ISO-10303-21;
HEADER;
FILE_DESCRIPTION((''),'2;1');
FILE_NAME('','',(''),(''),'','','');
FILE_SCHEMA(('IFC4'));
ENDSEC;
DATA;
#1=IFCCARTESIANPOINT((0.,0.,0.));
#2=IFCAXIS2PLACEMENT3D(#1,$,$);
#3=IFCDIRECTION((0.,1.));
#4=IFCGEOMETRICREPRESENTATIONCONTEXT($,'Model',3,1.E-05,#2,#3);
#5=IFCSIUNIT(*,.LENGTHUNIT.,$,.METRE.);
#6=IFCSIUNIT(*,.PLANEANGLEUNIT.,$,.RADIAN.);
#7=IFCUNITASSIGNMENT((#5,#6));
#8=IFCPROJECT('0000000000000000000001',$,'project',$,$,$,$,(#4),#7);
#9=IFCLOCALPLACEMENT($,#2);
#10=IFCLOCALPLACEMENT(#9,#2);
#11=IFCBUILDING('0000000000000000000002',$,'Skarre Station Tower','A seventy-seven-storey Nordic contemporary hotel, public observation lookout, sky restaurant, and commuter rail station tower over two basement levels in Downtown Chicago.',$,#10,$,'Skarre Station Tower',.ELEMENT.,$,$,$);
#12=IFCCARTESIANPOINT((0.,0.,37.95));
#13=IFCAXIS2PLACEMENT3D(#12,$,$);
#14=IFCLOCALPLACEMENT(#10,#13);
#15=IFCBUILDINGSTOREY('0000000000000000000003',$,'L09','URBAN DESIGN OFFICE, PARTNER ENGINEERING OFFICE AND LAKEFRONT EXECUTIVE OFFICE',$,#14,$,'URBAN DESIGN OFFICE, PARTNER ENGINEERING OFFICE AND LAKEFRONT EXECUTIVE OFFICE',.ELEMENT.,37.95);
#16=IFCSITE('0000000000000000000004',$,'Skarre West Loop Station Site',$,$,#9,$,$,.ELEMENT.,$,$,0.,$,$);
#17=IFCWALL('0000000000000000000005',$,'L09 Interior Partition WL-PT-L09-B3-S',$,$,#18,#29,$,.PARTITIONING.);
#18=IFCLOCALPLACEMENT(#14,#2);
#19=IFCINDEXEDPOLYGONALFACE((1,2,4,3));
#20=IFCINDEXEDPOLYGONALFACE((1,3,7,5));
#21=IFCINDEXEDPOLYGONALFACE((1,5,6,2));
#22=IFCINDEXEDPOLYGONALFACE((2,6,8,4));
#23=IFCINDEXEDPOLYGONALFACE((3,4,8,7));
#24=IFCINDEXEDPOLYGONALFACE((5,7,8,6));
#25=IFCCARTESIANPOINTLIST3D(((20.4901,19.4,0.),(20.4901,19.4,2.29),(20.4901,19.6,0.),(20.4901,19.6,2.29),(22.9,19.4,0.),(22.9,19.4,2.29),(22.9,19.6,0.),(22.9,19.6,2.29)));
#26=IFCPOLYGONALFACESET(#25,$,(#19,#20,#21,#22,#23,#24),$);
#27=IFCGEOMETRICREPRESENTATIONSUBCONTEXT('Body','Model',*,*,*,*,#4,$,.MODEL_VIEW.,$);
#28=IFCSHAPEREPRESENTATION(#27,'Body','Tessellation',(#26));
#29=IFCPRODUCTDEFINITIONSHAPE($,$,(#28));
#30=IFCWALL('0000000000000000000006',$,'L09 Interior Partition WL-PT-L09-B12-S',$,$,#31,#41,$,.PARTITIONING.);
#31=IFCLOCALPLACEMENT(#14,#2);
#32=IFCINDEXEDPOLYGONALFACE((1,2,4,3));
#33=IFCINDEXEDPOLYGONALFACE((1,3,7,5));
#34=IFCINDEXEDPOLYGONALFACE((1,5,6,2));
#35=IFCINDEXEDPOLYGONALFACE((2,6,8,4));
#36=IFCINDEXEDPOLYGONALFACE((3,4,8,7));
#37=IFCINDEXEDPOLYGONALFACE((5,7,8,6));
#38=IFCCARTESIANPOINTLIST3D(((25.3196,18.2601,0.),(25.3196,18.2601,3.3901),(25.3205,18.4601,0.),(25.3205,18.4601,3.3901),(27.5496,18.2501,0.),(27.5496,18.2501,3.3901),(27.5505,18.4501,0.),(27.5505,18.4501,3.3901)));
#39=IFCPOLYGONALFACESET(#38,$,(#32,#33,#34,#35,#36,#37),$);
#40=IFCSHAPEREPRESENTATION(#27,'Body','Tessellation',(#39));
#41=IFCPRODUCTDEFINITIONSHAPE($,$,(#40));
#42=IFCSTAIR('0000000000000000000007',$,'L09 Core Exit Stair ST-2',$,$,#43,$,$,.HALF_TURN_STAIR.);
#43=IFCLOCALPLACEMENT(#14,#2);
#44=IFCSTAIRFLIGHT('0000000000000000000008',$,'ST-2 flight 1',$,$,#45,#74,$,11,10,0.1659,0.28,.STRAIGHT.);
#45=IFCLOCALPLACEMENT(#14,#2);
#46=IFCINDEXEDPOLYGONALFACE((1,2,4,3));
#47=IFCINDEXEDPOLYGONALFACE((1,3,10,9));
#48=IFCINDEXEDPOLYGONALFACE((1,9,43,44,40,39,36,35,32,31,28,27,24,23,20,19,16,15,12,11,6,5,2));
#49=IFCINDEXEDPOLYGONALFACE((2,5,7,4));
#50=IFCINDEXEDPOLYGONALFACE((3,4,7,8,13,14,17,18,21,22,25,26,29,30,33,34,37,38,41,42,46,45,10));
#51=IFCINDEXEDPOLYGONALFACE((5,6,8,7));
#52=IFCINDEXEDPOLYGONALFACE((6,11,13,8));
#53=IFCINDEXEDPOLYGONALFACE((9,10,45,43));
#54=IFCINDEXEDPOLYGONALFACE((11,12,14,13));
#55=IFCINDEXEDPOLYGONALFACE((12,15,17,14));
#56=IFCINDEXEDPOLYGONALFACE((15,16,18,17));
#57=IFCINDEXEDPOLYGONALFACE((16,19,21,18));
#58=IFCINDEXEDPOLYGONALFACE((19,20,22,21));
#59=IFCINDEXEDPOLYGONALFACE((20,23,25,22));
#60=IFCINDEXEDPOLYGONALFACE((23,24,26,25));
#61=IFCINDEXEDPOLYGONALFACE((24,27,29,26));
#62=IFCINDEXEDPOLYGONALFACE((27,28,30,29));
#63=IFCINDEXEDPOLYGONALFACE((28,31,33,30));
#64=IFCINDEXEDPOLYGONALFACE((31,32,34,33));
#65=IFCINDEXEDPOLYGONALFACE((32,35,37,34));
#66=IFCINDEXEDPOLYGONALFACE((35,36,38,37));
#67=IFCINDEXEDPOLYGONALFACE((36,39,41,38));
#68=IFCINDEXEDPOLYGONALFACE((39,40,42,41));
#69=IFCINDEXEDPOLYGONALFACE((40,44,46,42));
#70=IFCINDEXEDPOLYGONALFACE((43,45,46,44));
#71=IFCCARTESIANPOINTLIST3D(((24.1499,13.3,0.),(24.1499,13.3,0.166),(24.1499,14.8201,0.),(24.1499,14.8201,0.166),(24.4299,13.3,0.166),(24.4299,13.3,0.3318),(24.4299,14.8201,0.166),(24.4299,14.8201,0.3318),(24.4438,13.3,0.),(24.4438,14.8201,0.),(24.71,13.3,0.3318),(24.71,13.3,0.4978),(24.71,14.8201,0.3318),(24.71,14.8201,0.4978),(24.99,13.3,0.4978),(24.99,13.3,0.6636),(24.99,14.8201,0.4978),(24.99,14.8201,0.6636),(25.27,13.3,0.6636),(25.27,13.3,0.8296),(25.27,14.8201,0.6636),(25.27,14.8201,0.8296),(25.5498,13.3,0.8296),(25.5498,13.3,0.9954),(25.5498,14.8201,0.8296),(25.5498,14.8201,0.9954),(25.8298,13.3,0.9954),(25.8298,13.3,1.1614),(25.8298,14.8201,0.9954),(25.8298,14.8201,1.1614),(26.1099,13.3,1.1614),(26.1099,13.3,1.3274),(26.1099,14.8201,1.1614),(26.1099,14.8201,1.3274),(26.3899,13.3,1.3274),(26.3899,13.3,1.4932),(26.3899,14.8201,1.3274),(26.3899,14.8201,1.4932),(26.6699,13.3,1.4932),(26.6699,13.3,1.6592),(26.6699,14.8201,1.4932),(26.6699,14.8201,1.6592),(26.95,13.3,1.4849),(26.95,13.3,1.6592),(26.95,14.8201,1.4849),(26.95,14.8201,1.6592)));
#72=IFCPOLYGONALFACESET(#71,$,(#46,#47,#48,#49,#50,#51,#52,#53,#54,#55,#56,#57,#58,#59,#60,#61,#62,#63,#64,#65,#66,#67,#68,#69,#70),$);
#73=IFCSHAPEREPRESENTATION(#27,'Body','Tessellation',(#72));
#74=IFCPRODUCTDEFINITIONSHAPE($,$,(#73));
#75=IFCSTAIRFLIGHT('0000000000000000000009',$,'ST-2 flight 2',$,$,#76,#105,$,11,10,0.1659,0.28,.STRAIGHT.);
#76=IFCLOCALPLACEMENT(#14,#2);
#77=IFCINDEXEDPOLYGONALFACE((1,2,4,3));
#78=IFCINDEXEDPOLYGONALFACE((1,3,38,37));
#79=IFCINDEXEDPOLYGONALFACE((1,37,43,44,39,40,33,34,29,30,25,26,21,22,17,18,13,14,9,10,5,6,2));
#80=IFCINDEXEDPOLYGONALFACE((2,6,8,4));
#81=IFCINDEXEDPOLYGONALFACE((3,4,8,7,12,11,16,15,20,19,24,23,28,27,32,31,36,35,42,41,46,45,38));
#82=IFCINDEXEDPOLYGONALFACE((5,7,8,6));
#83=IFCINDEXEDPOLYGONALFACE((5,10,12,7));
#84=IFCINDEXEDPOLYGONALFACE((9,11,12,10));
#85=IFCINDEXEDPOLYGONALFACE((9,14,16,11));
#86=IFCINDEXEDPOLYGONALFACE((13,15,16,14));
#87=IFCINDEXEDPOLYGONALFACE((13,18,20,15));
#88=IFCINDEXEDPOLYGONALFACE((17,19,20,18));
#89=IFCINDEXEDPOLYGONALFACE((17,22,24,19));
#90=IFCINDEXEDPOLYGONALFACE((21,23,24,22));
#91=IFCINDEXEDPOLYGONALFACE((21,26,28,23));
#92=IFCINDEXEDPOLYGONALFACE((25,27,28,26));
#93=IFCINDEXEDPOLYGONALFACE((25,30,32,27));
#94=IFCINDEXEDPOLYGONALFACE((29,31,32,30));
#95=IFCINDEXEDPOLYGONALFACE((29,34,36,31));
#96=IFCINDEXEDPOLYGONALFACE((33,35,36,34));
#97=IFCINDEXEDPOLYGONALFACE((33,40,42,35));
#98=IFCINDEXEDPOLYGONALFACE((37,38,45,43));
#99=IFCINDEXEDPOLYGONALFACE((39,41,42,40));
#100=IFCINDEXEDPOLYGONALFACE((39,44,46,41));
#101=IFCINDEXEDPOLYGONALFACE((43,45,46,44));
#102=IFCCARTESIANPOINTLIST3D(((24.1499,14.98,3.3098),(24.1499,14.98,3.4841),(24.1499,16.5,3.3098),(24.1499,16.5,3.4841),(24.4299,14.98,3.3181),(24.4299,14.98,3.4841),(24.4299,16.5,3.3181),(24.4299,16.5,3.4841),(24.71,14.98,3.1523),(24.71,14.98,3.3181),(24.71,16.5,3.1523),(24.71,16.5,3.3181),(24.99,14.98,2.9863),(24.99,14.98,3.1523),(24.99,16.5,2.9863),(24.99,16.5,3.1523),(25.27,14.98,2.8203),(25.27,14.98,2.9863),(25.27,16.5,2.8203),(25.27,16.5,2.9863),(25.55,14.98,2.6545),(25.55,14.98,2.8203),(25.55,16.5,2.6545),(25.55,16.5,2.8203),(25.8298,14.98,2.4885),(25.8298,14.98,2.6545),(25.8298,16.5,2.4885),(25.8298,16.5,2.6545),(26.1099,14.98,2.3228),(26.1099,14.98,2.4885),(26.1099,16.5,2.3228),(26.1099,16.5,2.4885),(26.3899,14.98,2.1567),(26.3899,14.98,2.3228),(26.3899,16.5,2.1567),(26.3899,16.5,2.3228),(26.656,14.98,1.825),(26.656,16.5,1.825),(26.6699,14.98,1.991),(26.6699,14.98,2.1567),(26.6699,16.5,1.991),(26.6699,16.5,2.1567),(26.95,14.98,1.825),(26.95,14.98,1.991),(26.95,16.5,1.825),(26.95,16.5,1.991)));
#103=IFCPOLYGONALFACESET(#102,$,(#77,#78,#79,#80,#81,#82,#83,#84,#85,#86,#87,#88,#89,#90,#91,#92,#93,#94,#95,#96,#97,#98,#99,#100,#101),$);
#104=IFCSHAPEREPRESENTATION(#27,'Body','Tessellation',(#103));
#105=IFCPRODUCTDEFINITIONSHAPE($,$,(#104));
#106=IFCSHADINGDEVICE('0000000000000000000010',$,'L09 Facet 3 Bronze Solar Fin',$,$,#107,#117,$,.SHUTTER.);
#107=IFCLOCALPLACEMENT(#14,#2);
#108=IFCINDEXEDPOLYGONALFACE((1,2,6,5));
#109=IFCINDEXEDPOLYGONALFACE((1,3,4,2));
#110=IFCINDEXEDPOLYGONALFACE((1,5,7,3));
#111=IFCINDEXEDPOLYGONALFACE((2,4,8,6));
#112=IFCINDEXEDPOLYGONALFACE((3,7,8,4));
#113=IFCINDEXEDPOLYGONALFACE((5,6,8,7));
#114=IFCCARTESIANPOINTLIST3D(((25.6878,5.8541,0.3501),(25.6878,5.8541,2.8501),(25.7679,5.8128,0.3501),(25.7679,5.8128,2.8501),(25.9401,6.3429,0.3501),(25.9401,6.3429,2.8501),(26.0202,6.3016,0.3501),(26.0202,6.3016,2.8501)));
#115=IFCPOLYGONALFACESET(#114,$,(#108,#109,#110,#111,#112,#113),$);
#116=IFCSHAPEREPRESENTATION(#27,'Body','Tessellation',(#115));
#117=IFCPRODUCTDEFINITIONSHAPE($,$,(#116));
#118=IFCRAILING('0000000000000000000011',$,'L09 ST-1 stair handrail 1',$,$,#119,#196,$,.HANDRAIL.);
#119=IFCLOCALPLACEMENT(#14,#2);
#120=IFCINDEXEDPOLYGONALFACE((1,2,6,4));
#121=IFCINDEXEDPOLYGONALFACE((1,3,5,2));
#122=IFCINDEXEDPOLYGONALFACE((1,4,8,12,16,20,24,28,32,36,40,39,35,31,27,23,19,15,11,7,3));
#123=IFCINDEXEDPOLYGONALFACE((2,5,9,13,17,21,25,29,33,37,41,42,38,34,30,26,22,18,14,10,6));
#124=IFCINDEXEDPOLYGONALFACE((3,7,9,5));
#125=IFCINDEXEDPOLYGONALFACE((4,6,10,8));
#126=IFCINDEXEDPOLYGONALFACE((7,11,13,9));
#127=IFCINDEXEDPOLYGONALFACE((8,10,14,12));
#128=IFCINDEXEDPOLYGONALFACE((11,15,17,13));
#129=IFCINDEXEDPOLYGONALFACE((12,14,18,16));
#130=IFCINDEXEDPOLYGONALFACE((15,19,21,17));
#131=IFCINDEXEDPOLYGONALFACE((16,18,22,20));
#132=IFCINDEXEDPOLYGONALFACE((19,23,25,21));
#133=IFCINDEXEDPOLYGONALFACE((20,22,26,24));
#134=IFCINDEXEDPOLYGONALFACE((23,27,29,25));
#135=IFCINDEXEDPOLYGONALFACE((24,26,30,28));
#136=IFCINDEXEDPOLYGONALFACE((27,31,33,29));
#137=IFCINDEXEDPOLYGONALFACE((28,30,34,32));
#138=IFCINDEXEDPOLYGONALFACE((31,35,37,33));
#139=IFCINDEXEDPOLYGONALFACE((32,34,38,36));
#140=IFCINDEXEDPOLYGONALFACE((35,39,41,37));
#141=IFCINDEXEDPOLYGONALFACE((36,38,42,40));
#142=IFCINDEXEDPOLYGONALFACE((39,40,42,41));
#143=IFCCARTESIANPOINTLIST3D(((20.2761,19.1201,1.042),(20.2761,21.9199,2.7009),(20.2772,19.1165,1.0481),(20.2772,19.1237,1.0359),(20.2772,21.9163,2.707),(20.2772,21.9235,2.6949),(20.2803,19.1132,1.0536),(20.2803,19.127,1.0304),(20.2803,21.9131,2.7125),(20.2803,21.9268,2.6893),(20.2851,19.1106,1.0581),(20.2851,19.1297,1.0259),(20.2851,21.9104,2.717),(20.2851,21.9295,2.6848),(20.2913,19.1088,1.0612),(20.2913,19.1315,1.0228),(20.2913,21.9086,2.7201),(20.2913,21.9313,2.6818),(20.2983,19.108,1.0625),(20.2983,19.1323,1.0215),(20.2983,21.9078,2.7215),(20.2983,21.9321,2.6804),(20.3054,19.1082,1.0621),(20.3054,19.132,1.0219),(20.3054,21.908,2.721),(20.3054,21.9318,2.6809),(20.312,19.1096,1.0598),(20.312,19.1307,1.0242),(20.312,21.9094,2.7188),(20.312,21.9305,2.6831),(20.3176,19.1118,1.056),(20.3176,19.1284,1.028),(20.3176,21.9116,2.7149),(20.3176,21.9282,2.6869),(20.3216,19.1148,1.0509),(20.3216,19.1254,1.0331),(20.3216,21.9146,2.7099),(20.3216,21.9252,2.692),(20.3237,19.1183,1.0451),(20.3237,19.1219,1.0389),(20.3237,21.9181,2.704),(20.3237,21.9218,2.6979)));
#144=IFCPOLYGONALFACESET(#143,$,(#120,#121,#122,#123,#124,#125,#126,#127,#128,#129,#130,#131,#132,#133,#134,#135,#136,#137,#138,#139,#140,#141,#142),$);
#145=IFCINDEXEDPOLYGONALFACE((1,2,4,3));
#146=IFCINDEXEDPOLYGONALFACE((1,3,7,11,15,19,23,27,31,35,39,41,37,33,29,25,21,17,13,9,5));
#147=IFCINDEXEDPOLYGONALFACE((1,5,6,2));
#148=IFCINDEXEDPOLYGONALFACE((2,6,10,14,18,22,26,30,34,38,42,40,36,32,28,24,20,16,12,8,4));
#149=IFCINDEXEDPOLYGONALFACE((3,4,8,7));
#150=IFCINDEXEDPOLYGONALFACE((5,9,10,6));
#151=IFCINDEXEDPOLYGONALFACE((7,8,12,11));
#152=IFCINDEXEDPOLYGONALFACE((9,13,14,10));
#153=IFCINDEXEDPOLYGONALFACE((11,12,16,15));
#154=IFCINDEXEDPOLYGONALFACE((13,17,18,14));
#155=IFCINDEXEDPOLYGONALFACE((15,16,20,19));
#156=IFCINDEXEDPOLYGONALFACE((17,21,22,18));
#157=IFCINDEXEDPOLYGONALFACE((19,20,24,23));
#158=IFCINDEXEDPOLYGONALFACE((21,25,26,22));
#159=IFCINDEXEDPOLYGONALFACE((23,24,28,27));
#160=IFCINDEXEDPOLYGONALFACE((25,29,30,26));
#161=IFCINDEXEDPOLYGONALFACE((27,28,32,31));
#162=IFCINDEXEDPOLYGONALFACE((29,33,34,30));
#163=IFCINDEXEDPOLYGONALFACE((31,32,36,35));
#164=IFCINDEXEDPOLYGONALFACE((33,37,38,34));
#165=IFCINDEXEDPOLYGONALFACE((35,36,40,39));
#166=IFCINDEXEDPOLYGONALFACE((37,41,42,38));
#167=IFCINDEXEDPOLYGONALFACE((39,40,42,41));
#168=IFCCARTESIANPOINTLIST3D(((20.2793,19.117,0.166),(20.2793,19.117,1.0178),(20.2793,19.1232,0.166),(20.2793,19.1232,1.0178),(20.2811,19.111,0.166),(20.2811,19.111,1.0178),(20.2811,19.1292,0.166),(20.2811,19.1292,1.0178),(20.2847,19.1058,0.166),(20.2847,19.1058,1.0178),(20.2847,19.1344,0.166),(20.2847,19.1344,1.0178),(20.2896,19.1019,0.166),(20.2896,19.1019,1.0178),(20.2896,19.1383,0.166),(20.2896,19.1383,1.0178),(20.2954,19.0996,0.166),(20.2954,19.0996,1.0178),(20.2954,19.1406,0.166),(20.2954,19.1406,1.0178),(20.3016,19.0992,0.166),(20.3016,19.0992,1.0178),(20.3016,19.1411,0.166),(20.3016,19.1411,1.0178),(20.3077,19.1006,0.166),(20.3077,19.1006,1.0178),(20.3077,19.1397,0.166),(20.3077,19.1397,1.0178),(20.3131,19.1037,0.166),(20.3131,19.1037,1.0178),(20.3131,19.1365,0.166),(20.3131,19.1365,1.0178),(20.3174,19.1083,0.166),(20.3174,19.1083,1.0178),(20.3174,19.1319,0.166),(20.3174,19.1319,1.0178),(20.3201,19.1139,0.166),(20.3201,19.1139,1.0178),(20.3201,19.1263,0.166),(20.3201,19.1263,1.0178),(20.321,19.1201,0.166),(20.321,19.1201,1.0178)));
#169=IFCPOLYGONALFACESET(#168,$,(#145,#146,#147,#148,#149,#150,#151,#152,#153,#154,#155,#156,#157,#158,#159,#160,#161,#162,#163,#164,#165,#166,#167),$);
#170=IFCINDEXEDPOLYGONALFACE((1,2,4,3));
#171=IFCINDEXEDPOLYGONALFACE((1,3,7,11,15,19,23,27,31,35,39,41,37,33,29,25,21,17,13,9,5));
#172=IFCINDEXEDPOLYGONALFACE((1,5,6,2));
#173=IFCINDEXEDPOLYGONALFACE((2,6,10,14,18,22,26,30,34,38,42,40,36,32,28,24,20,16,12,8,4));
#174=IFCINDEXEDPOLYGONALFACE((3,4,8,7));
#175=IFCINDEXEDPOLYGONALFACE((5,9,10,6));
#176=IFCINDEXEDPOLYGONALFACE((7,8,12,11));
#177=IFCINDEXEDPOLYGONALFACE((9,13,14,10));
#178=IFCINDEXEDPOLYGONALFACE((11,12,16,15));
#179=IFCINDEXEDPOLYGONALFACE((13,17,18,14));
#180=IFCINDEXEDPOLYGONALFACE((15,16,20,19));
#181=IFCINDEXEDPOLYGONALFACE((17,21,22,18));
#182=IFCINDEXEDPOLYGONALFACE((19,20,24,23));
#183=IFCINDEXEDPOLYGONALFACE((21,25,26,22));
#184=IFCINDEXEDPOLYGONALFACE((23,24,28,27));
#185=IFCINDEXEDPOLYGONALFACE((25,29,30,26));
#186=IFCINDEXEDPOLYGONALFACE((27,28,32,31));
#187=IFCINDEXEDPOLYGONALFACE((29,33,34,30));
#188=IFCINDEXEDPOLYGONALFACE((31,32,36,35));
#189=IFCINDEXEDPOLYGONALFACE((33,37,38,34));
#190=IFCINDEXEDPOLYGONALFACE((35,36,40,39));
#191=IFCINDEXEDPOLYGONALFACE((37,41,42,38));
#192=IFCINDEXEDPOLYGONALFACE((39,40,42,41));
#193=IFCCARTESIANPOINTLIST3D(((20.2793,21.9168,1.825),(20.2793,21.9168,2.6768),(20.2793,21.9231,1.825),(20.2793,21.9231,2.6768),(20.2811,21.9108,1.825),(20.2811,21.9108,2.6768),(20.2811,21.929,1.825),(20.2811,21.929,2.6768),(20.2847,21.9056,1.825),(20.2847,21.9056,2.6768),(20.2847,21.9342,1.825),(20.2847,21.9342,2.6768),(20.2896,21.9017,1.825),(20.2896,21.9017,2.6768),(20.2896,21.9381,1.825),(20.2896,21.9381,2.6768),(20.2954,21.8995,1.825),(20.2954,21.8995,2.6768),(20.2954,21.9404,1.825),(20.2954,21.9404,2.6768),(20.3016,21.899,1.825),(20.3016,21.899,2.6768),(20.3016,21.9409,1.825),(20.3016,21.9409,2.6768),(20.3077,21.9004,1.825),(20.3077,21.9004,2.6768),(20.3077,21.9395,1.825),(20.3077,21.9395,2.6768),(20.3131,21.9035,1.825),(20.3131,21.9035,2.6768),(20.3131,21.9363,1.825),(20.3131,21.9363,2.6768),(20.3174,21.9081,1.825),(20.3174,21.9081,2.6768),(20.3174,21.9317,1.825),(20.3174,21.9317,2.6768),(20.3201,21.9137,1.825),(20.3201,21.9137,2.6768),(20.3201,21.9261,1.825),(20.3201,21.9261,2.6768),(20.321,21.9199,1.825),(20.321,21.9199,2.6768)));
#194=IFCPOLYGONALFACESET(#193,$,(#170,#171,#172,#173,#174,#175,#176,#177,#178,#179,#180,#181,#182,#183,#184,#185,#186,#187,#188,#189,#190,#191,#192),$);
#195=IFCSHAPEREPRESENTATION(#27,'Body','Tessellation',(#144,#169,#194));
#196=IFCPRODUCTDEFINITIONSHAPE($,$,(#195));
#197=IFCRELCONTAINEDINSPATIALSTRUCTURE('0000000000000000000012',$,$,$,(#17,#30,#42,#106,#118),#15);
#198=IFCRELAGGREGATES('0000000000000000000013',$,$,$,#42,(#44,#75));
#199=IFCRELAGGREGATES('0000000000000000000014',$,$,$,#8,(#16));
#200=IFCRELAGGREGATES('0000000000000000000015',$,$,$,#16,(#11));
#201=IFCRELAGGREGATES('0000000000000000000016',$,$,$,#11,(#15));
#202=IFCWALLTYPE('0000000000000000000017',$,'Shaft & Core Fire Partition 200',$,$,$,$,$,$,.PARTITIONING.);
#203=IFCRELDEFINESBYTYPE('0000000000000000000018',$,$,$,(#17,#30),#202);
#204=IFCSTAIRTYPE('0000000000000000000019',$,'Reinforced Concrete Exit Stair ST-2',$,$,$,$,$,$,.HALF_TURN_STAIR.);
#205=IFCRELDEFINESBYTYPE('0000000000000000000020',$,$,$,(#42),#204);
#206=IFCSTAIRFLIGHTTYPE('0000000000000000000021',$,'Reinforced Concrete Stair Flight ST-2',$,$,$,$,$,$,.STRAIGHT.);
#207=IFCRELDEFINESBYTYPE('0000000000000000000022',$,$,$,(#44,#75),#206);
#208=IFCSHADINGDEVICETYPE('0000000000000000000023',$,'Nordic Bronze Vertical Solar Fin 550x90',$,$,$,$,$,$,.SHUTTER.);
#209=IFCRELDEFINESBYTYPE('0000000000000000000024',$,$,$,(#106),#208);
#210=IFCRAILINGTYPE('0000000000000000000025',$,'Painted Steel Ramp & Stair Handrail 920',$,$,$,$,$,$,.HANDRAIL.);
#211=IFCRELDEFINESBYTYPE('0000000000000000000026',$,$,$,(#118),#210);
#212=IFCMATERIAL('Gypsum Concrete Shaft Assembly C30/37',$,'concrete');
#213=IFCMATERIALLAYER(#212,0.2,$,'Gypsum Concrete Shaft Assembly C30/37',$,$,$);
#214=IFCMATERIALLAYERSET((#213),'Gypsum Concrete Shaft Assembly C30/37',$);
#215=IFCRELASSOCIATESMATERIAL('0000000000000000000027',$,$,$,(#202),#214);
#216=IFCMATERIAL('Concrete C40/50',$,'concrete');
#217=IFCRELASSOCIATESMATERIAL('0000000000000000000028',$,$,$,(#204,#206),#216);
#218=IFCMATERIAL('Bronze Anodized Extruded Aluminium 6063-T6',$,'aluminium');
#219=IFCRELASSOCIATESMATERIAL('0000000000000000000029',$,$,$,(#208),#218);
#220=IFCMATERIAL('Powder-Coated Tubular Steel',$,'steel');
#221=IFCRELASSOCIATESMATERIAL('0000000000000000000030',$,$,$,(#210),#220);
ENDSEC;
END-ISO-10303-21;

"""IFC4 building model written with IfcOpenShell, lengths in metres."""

from ifc_helpers import new_model, si_unit, direction, frame, frame_2d, origin, origin_2d, place, context, subcontext, project, spatial, polyline, rectangle, circle, outline, extrude, material, layer, layer_set, type_object, element, aggregate, save


model = new_model("IFC4")

# Units and contexts
model_context = context("Model", 3, precision=1e-05, world=origin(), true_north=direction((0.0, 1.0)))
body_context = subcontext(model_context, "Body", "Model", "MODEL_VIEW")
ifc_project = project(units=[si_unit("LENGTHUNIT", "METRE"), si_unit("PLANEANGLEUNIT", "RADIAN")], contexts=[model_context])

# Site, building, storey
site_placement = place(None, origin())
site = spatial("IfcSite", under=ifc_project, at=site_placement, Name="Skarre West Loop Station Site", CompositionType="ELEMENT", RefElevation=0.0)
building_placement = place(site_placement, origin())
building = spatial("IfcBuilding", under=site, at=building_placement, Name="Skarre Station Tower", Description="A seventy-seven-storey Nordic contemporary hotel, public observation lookout, sky restaurant, and commuter rail station tower over two basement levels in Downtown Chicago.", LongName="Skarre Station Tower", CompositionType="ELEMENT")
storey_placement = place(building_placement, frame((0.0, 0.0, 37.95)))
storey = spatial("IfcBuildingStorey", under=building, at=storey_placement, Name="L09", Description="URBAN DESIGN OFFICE, PARTNER ENGINEERING OFFICE AND LAKEFRONT EXECUTIVE OFFICE", LongName="URBAN DESIGN OFFICE, PARTNER ENGINEERING OFFICE AND LAKEFRONT EXECUTIVE OFFICE", CompositionType="ELEMENT", Elevation=37.95)

# Walls
ifc_material_1 = material(Name="Gypsum Concrete Shaft Assembly C30/37", Category="concrete")
ifc_layer_1 = layer(ifc_material_1, 0.2, Name="Gypsum Concrete Shaft Assembly C30/37")
ifc_layer_set_1 = layer_set([ifc_layer_1], Name="Gypsum Concrete Shaft Assembly C30/37")
wall_type_1 = type_object("IfcWallType", Name="Shaft & Core Fire Partition 200", PredefinedType="PARTITIONING", material=ifc_layer_set_1)
wall_1_placement = place(storey_placement, frame((20.49, 19.5, 0.0), z_axis=(0.0, 0.0, 1.0), x_axis=(1.0, 0.0, 0.0)))
element("IfcWall", 1, at=wall_1_placement, inside=storey, type_object=wall_type_1, Name="L09 Interior Partition WL-PT-L09-B3-S", PredefinedType="PARTITIONING", context=body_context, shape_type="SweptSolid", body=[
    extrude(rectangle(XDim=2.4099, YDim=0.2, at=frame_2d((1.2051, 0.0))), origin(), (0.0, 0.0, 1.0), 2.29),
])
wall_2_placement = place(storey_placement, frame((25.3201, 18.3601, 0.0), z_axis=(0.0, 0.0, 1.0), x_axis=(0.99999, -0.004489, 0.0)))
element("IfcWall", 2, at=wall_2_placement, inside=storey, type_object=wall_type_1, Name="L09 Interior Partition WL-PT-L09-B12-S", PredefinedType="PARTITIONING", context=body_context, shape_type="SweptSolid", body=[
    extrude(rectangle(XDim=2.23, YDim=0.2, at=frame_2d((1.115, 0.0))), origin(), (0.0, 0.0, 1.0), 3.3901),
])

# Stair, stair flights
ifc_material_2 = material(Name="Concrete C40/50", Category="concrete")
stair_type = type_object("IfcStairType", Name="Reinforced Concrete Exit Stair ST-2", PredefinedType="HALF_TURN_STAIR", material=ifc_material_2)
stair_placement = place(storey_placement, origin())
stair = element("IfcStair", 3, at=stair_placement, inside=storey, type_object=stair_type, Name="L09 Core Exit Stair ST-2", PredefinedType="HALF_TURN_STAIR")
stair_flight_type = type_object("IfcStairFlightType", Name="Reinforced Concrete Stair Flight ST-2", PredefinedType="STRAIGHT", material=ifc_material_2)
stair_flight_1_placement = place(storey_placement, frame((24.1499, 14.0601, 0.0), z_axis=(0.0, 0.0, 1.0), x_axis=(1.0, 0.0, 0.0)))
stair_flight_1 = element("IfcStairFlight", 4, at=stair_flight_1_placement, type_object=stair_flight_type, Name="ST-2 flight 1", NumberOfRisers=11, NumberOfTreads=10, PredefinedType="STRAIGHT", RiserHeight=0.1659, TreadLength=0.28, context=body_context, shape_type="SweptSolid", body=[
    extrude(outline(polyline([(0.0, 0.0), (0.0, 0.166), (0.28, 0.166), (0.28, 0.3318), (0.5601, 0.3318), (0.5601, 0.4978), (0.8401, 0.4978), (0.8401, 0.6636), (1.1201, 0.6636), (1.1201, 0.8296), (1.3999, 0.8296), (1.3999, 0.9954), (1.6799, 0.9954), (1.6799, 1.1614), (1.96, 1.1614), (1.96, 1.3274), (2.24, 1.3274), (2.24, 1.4932), (2.52, 1.4932), (2.52, 1.6592), (2.8, 1.6592), (2.8, 1.825), (2.8, 1.4849), (0.2939, 0.0), (0.0, 0.0)])), frame((0.0, 0.76, 0.0), z_axis=(0.0, -1.0, 0.0), x_axis=(1.0, 0.0, 0.0)), (0.0, 0.0, 1.0), 1.52),
])
stair_flight_2_placement = place(storey_placement, frame((26.95, 15.74, 1.825), z_axis=(0.0, 0.0, 1.0), x_axis=(-1.0, 0.0, 0.0)))
stair_flight_2 = element("IfcStairFlight", 5, at=stair_flight_2_placement, type_object=stair_flight_type, Name="ST-2 flight 2", NumberOfRisers=11, NumberOfTreads=10, PredefinedType="STRAIGHT", RiserHeight=0.1659, TreadLength=0.28, context=body_context, shape_type="SweptSolid", body=[
    extrude(outline(polyline([(0.0, 0.0), (0.0, 0.166), (0.28, 0.166), (0.28, 0.3318), (0.5601, 0.3318), (0.5601, 0.4978), (0.8401, 0.4978), (0.8401, 0.6636), (1.1201, 0.6636), (1.1201, 0.8296), (1.3999, 0.8296), (1.3999, 0.9954), (1.6799, 0.9954), (1.6799, 1.1614), (1.96, 1.1614), (1.96, 1.3274), (2.24, 1.3274), (2.24, 1.4932), (2.52, 1.4932), (2.52, 1.6592), (2.8, 1.6592), (2.8, 1.825), (2.8, 1.4849), (0.2939, 0.0), (0.0, 0.0)])), frame((0.0, 0.76, 0.0), z_axis=(0.0, -1.0, 0.0), x_axis=(1.0, 0.0, 0.0)), (0.0, 0.0, 1.0), 1.52),
])
aggregate(stair, [stair_flight_1, stair_flight_2])

# Shading device
ifc_material_3 = material(Name="Bronze Anodized Extruded Aluminium 6063-T6", Category="aluminium")
shading_device_type = type_object("IfcShadingDeviceType", Name="Nordic Bronze Vertical Solar Fin 550x90", PredefinedType="SHUTTER", material=ifc_material_3)
shading_device_placement = place(storey_placement, frame((25.854, 6.0779, 0.3501), z_axis=(0.0, 0.0, 1.0), x_axis=(-0.458619, -0.888633, 0.0)))
element("IfcShadingDevice", 6, at=shading_device_placement, inside=storey, type_object=shading_device_type, Name="L09 Facet 3 Bronze Solar Fin", PredefinedType="SHUTTER", context=body_context, shape_type="SweptSolid", body=[
    extrude(rectangle(XDim=0.55, YDim=0.0901, at=origin_2d()), origin(), (0.0, 0.0, 1.0), 2.5),
])

# Railing
ifc_material_4 = material(Name="Powder-Coated Tubular Steel", Category="steel")
railing_type_1 = type_object("IfcRailingType", Name="Painted Steel Ramp & Stair Handrail 920", PredefinedType="HANDRAIL", material=ifc_material_4)
railing_1_placement = place(storey_placement, frame((20.3, 19.1201, 0.166)))
element("IfcRailing", 7, at=railing_1_placement, inside=storey, type_object=railing_type_1, Name="L09 ST-1 stair handrail 1", PredefinedType="HANDRAIL", context=body_context, shape_type="SweptSolid", body=[
    extrude(circle(Radius=0.0239, at=origin_2d()), frame((0.0, 0.0, 0.876), z_axis=(0.0, 0.86032, 0.509755), x_axis=(-1.0, 0.0, 0.0)), (0.0, 0.0, 1.0), 3.2544),
    extrude(circle(Radius=0.021, at=origin_2d()), origin(), (0.0, 0.0, 1.0), 0.8518),
    extrude(circle(Radius=0.021, at=origin_2d()), frame((0.0, 2.7998, 1.6589)), (0.0, 0.0, 1.0), 0.8518),
])

save(model, "model.ifc")
